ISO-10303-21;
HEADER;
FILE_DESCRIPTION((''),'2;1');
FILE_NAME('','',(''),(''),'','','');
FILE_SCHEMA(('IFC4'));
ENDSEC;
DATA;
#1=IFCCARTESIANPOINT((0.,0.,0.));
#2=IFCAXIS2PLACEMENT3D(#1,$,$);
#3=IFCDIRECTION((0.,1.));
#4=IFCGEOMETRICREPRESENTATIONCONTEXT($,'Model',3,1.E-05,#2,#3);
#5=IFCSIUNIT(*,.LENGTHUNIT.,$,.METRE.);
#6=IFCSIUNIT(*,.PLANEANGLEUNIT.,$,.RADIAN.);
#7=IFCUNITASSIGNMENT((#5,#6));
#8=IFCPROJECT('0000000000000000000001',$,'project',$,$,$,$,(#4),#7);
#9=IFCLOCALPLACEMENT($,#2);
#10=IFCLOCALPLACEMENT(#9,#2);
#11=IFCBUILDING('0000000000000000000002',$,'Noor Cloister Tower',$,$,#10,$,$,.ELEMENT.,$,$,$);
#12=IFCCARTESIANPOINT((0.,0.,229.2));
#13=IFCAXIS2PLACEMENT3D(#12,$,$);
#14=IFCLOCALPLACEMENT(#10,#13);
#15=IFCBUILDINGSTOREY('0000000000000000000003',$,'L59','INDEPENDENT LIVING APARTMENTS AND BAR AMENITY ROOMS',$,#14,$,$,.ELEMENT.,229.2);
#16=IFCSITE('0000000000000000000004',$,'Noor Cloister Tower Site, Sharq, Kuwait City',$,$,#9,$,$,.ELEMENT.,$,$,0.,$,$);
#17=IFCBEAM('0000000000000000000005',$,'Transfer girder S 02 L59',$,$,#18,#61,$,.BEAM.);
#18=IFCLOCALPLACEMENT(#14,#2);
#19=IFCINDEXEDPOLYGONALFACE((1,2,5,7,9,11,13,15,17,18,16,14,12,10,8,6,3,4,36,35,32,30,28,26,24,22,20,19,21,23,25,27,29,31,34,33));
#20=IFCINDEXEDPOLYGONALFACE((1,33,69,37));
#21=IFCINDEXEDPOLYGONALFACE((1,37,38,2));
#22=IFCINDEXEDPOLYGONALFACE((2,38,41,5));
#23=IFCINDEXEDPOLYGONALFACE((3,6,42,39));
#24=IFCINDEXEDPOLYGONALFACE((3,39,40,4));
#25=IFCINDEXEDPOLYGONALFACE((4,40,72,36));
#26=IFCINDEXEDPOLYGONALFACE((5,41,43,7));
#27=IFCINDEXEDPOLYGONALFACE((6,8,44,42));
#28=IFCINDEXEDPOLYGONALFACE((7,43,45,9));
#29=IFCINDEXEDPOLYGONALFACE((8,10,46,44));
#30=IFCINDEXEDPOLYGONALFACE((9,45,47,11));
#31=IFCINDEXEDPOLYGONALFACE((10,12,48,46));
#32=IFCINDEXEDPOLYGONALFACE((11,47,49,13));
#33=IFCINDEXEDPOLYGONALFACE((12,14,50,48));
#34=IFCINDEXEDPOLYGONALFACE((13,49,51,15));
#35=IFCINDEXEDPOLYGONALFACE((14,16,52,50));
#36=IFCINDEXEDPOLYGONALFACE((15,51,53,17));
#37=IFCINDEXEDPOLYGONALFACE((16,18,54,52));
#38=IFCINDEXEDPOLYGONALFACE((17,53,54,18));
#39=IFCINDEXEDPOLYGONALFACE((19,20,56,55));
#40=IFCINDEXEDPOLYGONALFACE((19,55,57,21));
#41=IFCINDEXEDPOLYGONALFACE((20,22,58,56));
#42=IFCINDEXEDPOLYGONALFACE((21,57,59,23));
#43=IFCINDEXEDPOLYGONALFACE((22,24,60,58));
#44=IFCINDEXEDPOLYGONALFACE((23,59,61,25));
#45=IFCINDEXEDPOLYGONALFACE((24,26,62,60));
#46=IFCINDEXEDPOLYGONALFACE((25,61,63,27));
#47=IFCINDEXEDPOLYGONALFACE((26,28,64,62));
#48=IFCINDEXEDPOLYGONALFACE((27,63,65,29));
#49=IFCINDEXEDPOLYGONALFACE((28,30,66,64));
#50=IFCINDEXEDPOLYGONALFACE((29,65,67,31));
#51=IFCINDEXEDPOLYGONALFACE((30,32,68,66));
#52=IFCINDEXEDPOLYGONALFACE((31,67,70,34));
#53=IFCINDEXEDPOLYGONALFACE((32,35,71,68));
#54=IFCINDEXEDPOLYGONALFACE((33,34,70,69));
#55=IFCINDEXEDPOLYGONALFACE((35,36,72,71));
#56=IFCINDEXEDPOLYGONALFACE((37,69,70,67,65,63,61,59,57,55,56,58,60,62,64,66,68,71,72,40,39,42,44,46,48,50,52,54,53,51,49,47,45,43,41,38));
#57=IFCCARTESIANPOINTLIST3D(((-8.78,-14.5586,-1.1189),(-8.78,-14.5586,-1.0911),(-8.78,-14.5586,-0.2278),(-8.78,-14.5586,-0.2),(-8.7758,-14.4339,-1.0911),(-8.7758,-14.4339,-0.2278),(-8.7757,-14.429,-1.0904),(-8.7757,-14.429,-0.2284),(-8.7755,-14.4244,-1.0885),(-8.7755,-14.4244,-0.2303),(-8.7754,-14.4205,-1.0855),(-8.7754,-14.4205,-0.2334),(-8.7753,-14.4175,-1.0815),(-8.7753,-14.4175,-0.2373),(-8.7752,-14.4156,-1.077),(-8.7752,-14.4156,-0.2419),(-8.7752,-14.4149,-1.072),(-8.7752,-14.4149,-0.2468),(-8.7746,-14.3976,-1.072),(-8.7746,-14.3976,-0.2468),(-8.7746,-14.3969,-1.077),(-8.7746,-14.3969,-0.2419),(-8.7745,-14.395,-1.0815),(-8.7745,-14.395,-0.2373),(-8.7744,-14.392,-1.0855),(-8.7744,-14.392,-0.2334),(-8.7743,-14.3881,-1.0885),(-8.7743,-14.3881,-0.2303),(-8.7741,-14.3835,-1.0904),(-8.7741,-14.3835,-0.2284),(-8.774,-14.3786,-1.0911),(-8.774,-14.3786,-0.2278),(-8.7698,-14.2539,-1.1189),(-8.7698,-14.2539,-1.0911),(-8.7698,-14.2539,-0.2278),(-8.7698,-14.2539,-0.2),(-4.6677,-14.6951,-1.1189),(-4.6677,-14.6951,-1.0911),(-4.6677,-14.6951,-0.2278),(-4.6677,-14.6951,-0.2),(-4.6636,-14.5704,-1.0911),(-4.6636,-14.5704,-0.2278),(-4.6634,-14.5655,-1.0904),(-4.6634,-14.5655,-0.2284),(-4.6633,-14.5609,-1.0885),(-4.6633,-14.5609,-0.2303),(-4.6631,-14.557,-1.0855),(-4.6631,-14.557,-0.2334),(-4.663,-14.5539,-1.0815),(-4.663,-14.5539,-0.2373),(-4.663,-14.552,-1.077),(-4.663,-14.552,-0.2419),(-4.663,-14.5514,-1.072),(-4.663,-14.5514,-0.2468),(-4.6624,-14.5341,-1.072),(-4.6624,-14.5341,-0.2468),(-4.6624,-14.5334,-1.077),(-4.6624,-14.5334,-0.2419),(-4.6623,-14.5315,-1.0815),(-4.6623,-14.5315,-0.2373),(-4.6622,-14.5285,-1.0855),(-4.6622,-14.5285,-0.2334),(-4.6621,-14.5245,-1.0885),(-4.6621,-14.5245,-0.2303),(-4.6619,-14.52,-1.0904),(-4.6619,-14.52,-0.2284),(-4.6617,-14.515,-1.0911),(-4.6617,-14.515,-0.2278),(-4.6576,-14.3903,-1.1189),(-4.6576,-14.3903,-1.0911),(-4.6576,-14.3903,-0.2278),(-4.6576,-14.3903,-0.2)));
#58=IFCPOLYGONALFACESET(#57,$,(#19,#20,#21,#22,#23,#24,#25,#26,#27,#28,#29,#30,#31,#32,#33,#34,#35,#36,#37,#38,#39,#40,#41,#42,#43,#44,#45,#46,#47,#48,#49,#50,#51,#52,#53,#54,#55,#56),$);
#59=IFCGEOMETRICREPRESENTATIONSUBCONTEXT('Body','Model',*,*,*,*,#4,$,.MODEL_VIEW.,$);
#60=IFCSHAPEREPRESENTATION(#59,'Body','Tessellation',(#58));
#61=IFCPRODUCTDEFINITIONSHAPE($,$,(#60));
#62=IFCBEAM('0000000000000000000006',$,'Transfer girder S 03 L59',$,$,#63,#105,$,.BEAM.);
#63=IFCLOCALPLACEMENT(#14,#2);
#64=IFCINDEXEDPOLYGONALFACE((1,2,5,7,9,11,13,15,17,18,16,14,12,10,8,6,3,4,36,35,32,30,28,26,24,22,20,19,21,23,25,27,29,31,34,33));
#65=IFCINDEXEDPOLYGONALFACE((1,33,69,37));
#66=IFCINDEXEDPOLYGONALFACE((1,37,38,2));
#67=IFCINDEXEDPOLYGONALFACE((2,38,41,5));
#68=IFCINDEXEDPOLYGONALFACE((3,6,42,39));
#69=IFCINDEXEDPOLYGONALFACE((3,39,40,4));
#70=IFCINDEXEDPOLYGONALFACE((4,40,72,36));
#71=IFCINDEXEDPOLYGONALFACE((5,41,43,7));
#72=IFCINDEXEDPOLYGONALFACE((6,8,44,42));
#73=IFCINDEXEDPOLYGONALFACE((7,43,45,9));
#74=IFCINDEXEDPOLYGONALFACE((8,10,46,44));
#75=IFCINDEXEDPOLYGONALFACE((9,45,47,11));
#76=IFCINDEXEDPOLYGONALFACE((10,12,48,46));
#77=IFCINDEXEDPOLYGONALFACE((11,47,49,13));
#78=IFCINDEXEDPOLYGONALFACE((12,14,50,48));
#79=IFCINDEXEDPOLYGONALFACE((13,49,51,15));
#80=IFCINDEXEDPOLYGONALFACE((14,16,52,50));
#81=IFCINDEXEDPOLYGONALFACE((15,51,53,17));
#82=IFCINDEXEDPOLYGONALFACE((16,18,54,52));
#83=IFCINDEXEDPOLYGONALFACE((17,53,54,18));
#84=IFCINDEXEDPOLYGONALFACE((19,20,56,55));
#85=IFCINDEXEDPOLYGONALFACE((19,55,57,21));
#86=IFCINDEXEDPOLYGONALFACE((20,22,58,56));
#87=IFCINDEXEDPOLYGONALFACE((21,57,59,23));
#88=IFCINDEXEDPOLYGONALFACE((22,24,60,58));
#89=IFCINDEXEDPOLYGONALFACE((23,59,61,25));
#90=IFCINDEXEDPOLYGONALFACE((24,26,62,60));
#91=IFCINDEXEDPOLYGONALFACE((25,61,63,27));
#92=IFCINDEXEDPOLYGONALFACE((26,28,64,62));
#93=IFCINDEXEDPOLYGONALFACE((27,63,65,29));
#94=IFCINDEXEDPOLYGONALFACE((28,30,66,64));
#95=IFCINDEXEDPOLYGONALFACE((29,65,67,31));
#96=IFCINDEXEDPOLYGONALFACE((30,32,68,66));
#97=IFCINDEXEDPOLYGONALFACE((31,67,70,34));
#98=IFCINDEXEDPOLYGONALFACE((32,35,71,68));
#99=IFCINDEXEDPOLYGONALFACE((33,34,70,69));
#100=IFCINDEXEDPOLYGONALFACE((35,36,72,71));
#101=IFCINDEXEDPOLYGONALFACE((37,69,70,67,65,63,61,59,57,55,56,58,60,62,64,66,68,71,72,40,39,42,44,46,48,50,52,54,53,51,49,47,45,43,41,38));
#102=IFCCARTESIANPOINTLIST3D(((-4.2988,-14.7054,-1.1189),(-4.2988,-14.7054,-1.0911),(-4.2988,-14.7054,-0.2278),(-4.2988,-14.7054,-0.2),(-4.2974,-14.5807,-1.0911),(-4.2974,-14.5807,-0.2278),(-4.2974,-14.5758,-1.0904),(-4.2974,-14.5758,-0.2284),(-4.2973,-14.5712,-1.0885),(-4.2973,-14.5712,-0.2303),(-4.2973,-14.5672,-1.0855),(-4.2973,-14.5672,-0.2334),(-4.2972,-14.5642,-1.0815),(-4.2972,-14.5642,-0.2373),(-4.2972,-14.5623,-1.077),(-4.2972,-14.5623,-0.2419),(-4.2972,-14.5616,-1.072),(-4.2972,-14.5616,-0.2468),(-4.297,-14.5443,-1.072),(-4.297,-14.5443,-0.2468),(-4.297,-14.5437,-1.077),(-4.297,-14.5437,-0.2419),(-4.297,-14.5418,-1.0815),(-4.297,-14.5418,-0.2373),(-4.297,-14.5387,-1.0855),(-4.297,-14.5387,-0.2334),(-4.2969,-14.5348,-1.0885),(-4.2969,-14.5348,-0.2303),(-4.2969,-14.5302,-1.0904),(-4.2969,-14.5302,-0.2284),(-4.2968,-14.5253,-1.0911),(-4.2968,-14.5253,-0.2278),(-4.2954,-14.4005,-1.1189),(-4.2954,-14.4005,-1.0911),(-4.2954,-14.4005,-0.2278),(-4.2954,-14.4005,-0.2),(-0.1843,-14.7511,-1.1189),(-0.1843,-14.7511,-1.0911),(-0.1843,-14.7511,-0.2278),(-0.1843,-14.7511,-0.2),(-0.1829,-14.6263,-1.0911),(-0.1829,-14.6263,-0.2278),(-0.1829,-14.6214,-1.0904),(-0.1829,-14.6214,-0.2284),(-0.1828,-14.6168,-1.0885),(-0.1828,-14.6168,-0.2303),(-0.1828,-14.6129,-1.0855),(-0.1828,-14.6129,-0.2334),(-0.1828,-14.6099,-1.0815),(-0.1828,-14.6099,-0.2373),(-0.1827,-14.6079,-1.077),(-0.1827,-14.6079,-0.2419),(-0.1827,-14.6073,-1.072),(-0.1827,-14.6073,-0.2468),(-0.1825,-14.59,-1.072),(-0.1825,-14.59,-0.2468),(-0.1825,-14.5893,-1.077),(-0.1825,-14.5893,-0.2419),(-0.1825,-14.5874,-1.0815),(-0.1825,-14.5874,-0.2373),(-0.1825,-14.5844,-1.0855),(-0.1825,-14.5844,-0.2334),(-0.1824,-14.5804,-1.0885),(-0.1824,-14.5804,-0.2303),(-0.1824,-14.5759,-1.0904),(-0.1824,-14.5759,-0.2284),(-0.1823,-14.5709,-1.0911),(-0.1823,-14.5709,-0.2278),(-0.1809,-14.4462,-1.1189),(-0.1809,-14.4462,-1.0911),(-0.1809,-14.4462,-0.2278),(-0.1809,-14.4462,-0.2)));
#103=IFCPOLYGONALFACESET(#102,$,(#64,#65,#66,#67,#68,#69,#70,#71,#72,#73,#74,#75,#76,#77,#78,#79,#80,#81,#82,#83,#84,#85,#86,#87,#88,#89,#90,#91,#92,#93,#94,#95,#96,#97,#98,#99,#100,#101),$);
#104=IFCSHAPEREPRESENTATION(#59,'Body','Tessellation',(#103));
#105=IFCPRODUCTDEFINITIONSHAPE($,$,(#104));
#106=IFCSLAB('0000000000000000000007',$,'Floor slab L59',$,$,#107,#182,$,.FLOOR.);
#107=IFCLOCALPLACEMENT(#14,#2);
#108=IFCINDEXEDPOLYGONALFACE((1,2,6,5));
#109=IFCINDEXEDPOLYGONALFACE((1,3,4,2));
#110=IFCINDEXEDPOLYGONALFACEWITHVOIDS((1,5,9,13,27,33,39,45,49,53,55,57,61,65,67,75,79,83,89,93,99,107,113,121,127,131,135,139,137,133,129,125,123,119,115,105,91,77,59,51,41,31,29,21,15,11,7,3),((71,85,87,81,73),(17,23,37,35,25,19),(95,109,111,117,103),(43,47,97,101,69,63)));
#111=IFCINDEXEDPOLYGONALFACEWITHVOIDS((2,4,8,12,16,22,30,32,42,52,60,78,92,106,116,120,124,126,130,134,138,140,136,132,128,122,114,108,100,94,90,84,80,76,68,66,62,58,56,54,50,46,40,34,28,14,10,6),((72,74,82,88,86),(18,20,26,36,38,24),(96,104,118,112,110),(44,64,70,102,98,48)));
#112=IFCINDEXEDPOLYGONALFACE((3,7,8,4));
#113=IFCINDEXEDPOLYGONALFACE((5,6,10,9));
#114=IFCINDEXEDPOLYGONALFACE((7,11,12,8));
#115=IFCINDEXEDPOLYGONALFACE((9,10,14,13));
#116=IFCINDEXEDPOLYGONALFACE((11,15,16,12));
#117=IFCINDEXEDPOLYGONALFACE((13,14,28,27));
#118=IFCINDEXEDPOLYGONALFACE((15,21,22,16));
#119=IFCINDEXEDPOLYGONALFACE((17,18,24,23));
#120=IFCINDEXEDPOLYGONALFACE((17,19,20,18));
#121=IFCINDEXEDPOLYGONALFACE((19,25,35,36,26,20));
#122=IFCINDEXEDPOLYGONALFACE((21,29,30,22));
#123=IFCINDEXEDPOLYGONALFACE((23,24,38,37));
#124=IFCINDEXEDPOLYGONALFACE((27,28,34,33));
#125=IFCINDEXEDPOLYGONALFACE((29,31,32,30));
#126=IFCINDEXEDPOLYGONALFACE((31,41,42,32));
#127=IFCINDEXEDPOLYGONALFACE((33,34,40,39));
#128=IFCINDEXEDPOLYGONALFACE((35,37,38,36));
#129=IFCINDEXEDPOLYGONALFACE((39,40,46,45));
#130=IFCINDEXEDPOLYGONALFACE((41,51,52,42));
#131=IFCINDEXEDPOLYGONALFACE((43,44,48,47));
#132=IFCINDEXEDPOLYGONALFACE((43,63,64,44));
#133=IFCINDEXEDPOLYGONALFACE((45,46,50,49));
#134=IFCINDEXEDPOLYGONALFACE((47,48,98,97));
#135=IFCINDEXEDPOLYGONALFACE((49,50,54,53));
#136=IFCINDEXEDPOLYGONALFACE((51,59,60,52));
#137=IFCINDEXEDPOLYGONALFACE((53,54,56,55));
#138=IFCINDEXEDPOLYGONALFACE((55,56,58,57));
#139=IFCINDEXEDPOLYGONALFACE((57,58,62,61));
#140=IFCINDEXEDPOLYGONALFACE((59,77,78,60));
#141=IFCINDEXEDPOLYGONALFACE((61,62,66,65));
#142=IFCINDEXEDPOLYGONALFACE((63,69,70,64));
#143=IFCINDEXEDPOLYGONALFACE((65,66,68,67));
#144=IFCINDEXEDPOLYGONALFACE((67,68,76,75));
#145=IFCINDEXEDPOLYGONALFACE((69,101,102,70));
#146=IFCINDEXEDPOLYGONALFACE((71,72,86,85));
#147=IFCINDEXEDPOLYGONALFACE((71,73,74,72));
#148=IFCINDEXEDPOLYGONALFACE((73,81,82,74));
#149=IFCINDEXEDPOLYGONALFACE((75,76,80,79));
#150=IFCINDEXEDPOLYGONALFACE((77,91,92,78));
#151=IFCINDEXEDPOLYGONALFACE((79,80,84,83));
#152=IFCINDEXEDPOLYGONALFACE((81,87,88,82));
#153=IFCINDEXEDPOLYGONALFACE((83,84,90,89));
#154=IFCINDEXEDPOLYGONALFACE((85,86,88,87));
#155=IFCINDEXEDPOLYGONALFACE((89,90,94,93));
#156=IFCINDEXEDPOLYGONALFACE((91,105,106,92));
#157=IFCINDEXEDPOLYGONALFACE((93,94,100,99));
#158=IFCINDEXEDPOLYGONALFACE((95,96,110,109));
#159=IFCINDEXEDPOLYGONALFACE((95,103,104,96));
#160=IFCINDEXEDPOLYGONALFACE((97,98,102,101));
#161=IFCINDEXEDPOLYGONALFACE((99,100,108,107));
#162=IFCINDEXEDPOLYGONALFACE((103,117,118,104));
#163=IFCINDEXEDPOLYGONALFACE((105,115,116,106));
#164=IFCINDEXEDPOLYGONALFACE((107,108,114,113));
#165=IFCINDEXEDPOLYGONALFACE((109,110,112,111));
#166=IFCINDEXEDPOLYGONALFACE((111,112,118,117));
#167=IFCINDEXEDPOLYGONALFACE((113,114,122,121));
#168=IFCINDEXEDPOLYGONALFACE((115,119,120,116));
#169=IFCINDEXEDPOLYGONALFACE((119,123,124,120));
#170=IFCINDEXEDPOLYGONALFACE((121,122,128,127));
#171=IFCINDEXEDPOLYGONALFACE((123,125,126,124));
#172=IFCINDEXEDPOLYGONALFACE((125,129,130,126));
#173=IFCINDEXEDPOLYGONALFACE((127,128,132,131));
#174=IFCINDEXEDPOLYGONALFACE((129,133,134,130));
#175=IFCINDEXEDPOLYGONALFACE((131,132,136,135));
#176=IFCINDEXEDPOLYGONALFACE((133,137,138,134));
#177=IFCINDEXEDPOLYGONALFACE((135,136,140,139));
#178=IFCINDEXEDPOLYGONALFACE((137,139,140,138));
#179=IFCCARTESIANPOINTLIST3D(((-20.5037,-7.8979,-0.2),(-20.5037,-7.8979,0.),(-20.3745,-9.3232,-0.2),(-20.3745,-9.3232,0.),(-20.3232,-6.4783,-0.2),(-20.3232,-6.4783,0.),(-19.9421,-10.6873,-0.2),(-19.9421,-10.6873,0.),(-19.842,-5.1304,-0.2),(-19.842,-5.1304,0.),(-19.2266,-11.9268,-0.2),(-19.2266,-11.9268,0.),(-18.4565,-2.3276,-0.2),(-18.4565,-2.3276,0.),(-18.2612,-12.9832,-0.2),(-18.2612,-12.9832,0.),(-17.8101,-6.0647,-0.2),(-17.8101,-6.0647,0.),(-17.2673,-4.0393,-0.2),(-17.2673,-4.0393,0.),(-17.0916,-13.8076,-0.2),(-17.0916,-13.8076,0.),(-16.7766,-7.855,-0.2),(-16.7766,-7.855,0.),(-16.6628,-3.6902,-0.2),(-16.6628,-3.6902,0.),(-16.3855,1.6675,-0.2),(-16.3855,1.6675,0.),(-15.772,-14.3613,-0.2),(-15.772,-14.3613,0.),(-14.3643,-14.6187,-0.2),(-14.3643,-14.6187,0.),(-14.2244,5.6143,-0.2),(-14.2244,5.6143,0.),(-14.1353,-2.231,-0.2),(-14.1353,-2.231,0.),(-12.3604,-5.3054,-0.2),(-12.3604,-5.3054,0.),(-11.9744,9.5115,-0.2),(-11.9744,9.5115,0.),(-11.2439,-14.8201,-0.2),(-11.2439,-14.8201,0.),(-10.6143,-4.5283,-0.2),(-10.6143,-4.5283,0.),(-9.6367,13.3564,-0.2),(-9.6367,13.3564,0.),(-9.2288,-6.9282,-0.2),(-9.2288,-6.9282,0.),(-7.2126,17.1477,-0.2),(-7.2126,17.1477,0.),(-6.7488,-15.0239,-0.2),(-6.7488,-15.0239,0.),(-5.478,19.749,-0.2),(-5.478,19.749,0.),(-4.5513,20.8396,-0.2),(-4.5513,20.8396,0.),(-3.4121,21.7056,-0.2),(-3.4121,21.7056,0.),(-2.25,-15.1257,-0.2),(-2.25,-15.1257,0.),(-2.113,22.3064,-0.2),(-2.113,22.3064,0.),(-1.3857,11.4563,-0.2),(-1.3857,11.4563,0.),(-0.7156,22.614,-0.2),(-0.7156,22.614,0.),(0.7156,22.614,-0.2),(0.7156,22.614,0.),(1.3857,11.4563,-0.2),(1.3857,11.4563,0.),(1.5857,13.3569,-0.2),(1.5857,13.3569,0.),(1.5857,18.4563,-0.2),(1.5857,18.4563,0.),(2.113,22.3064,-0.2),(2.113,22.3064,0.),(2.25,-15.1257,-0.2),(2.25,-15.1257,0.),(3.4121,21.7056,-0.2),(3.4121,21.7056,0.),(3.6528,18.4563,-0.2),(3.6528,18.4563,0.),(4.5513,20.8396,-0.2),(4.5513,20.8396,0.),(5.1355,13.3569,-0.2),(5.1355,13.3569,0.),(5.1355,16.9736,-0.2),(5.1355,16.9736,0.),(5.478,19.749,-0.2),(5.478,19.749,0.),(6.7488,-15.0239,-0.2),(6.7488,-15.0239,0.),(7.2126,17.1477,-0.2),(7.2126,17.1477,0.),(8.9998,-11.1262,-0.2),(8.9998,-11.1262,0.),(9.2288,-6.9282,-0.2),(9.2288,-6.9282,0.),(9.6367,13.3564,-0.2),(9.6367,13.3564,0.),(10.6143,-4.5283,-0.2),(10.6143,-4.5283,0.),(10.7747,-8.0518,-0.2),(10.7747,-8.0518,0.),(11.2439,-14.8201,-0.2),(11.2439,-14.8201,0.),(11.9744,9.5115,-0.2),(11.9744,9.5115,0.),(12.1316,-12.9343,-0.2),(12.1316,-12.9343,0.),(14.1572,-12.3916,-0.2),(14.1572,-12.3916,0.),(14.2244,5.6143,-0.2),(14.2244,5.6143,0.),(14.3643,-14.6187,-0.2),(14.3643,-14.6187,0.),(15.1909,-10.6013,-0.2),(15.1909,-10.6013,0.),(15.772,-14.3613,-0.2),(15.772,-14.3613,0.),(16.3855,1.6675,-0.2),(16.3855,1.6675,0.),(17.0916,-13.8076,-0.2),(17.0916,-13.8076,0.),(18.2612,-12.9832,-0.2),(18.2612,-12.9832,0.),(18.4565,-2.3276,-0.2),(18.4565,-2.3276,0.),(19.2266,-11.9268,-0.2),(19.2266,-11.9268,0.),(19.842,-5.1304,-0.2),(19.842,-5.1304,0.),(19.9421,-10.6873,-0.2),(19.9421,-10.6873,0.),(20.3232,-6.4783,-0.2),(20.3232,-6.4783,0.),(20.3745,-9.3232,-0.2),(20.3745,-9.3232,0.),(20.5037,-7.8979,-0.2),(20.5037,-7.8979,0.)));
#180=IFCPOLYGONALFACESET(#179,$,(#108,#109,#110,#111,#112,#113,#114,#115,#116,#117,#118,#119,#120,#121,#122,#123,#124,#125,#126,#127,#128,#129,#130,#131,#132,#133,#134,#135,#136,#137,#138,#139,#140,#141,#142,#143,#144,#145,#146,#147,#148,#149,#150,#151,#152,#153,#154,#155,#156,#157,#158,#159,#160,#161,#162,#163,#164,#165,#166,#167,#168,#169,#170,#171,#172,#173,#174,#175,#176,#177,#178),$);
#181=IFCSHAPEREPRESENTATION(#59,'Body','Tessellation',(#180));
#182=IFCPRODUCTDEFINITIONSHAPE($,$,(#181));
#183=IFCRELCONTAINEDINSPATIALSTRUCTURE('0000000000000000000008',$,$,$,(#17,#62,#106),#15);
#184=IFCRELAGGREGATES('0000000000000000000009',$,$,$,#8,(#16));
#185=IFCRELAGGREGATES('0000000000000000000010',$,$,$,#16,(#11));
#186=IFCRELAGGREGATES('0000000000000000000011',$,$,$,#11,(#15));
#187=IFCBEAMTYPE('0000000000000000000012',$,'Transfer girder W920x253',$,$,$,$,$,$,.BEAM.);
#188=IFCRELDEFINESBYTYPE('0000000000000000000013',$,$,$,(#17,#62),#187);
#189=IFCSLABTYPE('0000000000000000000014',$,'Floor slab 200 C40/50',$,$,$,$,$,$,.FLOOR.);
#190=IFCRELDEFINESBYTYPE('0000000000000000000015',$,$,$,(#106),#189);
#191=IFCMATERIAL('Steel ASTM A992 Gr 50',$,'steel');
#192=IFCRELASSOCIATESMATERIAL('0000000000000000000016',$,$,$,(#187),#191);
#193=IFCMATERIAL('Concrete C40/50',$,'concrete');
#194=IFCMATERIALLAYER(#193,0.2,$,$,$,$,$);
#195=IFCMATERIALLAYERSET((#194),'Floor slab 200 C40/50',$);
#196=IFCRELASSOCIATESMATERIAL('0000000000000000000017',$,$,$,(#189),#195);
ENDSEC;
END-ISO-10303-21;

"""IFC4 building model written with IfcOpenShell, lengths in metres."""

from ifc_helpers import new_model, si_unit, direction, frame, origin, origin_2d, place, context, subcontext, project, spatial, polyline, i_section, outline, extrude, material, layer, layer_set, material_profile, profile_set, type_object, element, save


model = new_model("IFC4")

# Units and contexts
model_context = context("Model", 3, precision=1e-05, world=origin(), true_north=direction((0.0, 1.0)))
body_context = subcontext(model_context, "Body", "Model", "MODEL_VIEW")
ifc_project = project(units=[si_unit("LENGTHUNIT", "METRE"), si_unit("PLANEANGLEUNIT", "RADIAN")], contexts=[model_context])

# Site, building, storey
site_placement = place(None, origin())
site = spatial("IfcSite", under=ifc_project, at=site_placement, Name="Noor Cloister Tower Site, Sharq, Kuwait City", CompositionType="ELEMENT", RefElevation=0.0)
building_placement = place(site_placement, origin())
building = spatial("IfcBuilding", under=site, at=building_placement, Name="Noor Cloister Tower", CompositionType="ELEMENT")
storey_placement = place(building_placement, frame((0.0, 0.0, 229.2)))
storey = spatial("IfcBuildingStorey", under=building, at=storey_placement, Name="L59", Description="INDEPENDENT LIVING APARTMENTS AND BAR AMENITY ROOMS", CompositionType="ELEMENT", Elevation=229.2)

# Beams
ifc_material_1 = material(Name="Steel ASTM A992 Gr 50", Category="steel")
ifc_material_profile_1 = material_profile(ifc_material_1, i_section(OverallWidth=0.3049, OverallDepth=0.9189, WebThickness=0.0173, FlangeThickness=0.0278, FilletRadius=0.019, at=origin_2d()), Name="W920x253")
ifc_profile_set_1 = profile_set([ifc_material_profile_1], Name="Steel ASTM A992 Gr 50")
beam_type_1 = type_object("IfcBeamType", Name="Transfer girder W920x253", PredefinedType="BEAM", material=ifc_profile_set_1)
beam_1_placement = place(storey_placement, frame((-8.7749, -14.4062, -0.6594), z_axis=(0.99945, -0.033169, 0.0), x_axis=(0.033169, 0.99945, 0.0)))
element("IfcBeam", 1, at=beam_1_placement, inside=storey, type_object=beam_type_1, Name="Transfer girder S 02 L59", PredefinedType="BEAM", context=body_context, shape_type="SweptSolid", body=[
    extrude(i_section(OverallWidth=0.3049, OverallDepth=0.9189, WebThickness=0.0173, FlangeThickness=0.0278, FilletRadius=0.019, at=origin_2d()), origin(), (0.0, 0.0, 1.0), 4.1145),
])
beam_2_placement = place(storey_placement, frame((-4.2971, -14.553, -0.6594), z_axis=(0.999938, -0.011095, 0.0), x_axis=(0.011095, 0.999938, 0.0)))
element("IfcBeam", 2, at=beam_2_placement, inside=storey, type_object=beam_type_1, Name="Transfer girder S 03 L59", PredefinedType="BEAM", context=body_context, shape_type="SweptSolid", body=[
    extrude(i_section(OverallWidth=0.3049, OverallDepth=0.9189, WebThickness=0.0173, FlangeThickness=0.0278, FilletRadius=0.019, at=origin_2d()), origin(), (0.0, 0.0, 1.0), 4.1147),
])

# Slab
ifc_material_2 = material(Name="Concrete C40/50", Category="concrete")
ifc_layer_1 = layer(ifc_material_2, 0.2)
ifc_layer_set_1 = layer_set([ifc_layer_1], Name="Floor slab 200 C40/50")
slab_type_1 = type_object("IfcSlabType", Name="Floor slab 200 C40/50", PredefinedType="FLOOR", material=ifc_layer_set_1)
slab_1_placement = place(storey_placement, frame((0.0, 0.0, -0.2)))
element("IfcSlab", 3, at=slab_1_placement, inside=storey, type_object=slab_type_1, Name="Floor slab L59", PredefinedType="FLOOR", context=body_context, shape_type="SweptSolid", body=[
    extrude(outline(polyline([(5.478, 19.749), (4.5513, 20.8396), (3.4121, 21.7056), (2.113, 22.3064), (0.7156, 22.614), (-0.7156, 22.614), (-2.113, 22.3064), (-3.4121, 21.7056), (-4.5513, 20.8396), (-5.478, 19.749), (-7.2126, 17.1477), (-9.6367, 13.3564), (-11.9744, 9.5115), (-14.2244, 5.6143), (-16.3855, 1.6675), (-18.4565, -2.3276), (-19.842, -5.1304), (-20.3232, -6.4783), (-20.5037, -7.8979), (-20.3745, -9.3232), (-19.9421, -10.6873), (-19.2266, -11.9268), (-18.2612, -12.9832), (-17.0916, -13.8076), (-15.772, -14.3613), (-14.3643, -14.6187), (-11.2439, -14.8201), (-6.7488, -15.0239), (-2.25, -15.1257), (2.25, -15.1257), (6.7488, -15.0239), (11.2439, -14.8201), (14.3643, -14.6187), (15.772, -14.3613), (17.0916, -13.8076), (18.2612, -12.9832), (19.2266, -11.9268), (19.9421, -10.6873), (20.3745, -9.3232), (20.5037, -7.8979), (20.3232, -6.4783), (19.842, -5.1304), (18.4565, -2.3276), (16.3855, 1.6675), (14.2244, 5.6143), (11.9744, 9.5115), (9.6367, 13.3564), (7.2126, 17.1477), (5.478, 19.749)]), holes=[polyline([(8.9998, -11.1262), (12.1316, -12.9343), (14.1572, -12.3916), (15.1909, -10.6013), (10.7747, -8.0518), (8.9998, -11.1262)]), polyline([(-17.8101, -6.0647), (-16.7766, -7.855), (-12.3604, -5.3054), (-14.1353, -2.231), (-16.6628, -3.6902), (-17.2673, -4.0393), (-17.8101, -6.0647)]), polyline([(-10.6143, -4.5283), (-9.2288, -6.9282), (9.2288, -6.9282), (10.6143, -4.5283), (1.3857, 11.4563), (-1.3857, 11.4563), (-10.6143, -4.5283)]), polyline([(3.6528, 18.4563), (1.5857, 18.4563), (1.5857, 13.3569), (5.1355, 13.3569), (5.1355, 16.9736), (3.6528, 18.4563)])]), origin(), (0.0, 0.0, 1.0), 0.2),
])

save(model, "model.ifc")
